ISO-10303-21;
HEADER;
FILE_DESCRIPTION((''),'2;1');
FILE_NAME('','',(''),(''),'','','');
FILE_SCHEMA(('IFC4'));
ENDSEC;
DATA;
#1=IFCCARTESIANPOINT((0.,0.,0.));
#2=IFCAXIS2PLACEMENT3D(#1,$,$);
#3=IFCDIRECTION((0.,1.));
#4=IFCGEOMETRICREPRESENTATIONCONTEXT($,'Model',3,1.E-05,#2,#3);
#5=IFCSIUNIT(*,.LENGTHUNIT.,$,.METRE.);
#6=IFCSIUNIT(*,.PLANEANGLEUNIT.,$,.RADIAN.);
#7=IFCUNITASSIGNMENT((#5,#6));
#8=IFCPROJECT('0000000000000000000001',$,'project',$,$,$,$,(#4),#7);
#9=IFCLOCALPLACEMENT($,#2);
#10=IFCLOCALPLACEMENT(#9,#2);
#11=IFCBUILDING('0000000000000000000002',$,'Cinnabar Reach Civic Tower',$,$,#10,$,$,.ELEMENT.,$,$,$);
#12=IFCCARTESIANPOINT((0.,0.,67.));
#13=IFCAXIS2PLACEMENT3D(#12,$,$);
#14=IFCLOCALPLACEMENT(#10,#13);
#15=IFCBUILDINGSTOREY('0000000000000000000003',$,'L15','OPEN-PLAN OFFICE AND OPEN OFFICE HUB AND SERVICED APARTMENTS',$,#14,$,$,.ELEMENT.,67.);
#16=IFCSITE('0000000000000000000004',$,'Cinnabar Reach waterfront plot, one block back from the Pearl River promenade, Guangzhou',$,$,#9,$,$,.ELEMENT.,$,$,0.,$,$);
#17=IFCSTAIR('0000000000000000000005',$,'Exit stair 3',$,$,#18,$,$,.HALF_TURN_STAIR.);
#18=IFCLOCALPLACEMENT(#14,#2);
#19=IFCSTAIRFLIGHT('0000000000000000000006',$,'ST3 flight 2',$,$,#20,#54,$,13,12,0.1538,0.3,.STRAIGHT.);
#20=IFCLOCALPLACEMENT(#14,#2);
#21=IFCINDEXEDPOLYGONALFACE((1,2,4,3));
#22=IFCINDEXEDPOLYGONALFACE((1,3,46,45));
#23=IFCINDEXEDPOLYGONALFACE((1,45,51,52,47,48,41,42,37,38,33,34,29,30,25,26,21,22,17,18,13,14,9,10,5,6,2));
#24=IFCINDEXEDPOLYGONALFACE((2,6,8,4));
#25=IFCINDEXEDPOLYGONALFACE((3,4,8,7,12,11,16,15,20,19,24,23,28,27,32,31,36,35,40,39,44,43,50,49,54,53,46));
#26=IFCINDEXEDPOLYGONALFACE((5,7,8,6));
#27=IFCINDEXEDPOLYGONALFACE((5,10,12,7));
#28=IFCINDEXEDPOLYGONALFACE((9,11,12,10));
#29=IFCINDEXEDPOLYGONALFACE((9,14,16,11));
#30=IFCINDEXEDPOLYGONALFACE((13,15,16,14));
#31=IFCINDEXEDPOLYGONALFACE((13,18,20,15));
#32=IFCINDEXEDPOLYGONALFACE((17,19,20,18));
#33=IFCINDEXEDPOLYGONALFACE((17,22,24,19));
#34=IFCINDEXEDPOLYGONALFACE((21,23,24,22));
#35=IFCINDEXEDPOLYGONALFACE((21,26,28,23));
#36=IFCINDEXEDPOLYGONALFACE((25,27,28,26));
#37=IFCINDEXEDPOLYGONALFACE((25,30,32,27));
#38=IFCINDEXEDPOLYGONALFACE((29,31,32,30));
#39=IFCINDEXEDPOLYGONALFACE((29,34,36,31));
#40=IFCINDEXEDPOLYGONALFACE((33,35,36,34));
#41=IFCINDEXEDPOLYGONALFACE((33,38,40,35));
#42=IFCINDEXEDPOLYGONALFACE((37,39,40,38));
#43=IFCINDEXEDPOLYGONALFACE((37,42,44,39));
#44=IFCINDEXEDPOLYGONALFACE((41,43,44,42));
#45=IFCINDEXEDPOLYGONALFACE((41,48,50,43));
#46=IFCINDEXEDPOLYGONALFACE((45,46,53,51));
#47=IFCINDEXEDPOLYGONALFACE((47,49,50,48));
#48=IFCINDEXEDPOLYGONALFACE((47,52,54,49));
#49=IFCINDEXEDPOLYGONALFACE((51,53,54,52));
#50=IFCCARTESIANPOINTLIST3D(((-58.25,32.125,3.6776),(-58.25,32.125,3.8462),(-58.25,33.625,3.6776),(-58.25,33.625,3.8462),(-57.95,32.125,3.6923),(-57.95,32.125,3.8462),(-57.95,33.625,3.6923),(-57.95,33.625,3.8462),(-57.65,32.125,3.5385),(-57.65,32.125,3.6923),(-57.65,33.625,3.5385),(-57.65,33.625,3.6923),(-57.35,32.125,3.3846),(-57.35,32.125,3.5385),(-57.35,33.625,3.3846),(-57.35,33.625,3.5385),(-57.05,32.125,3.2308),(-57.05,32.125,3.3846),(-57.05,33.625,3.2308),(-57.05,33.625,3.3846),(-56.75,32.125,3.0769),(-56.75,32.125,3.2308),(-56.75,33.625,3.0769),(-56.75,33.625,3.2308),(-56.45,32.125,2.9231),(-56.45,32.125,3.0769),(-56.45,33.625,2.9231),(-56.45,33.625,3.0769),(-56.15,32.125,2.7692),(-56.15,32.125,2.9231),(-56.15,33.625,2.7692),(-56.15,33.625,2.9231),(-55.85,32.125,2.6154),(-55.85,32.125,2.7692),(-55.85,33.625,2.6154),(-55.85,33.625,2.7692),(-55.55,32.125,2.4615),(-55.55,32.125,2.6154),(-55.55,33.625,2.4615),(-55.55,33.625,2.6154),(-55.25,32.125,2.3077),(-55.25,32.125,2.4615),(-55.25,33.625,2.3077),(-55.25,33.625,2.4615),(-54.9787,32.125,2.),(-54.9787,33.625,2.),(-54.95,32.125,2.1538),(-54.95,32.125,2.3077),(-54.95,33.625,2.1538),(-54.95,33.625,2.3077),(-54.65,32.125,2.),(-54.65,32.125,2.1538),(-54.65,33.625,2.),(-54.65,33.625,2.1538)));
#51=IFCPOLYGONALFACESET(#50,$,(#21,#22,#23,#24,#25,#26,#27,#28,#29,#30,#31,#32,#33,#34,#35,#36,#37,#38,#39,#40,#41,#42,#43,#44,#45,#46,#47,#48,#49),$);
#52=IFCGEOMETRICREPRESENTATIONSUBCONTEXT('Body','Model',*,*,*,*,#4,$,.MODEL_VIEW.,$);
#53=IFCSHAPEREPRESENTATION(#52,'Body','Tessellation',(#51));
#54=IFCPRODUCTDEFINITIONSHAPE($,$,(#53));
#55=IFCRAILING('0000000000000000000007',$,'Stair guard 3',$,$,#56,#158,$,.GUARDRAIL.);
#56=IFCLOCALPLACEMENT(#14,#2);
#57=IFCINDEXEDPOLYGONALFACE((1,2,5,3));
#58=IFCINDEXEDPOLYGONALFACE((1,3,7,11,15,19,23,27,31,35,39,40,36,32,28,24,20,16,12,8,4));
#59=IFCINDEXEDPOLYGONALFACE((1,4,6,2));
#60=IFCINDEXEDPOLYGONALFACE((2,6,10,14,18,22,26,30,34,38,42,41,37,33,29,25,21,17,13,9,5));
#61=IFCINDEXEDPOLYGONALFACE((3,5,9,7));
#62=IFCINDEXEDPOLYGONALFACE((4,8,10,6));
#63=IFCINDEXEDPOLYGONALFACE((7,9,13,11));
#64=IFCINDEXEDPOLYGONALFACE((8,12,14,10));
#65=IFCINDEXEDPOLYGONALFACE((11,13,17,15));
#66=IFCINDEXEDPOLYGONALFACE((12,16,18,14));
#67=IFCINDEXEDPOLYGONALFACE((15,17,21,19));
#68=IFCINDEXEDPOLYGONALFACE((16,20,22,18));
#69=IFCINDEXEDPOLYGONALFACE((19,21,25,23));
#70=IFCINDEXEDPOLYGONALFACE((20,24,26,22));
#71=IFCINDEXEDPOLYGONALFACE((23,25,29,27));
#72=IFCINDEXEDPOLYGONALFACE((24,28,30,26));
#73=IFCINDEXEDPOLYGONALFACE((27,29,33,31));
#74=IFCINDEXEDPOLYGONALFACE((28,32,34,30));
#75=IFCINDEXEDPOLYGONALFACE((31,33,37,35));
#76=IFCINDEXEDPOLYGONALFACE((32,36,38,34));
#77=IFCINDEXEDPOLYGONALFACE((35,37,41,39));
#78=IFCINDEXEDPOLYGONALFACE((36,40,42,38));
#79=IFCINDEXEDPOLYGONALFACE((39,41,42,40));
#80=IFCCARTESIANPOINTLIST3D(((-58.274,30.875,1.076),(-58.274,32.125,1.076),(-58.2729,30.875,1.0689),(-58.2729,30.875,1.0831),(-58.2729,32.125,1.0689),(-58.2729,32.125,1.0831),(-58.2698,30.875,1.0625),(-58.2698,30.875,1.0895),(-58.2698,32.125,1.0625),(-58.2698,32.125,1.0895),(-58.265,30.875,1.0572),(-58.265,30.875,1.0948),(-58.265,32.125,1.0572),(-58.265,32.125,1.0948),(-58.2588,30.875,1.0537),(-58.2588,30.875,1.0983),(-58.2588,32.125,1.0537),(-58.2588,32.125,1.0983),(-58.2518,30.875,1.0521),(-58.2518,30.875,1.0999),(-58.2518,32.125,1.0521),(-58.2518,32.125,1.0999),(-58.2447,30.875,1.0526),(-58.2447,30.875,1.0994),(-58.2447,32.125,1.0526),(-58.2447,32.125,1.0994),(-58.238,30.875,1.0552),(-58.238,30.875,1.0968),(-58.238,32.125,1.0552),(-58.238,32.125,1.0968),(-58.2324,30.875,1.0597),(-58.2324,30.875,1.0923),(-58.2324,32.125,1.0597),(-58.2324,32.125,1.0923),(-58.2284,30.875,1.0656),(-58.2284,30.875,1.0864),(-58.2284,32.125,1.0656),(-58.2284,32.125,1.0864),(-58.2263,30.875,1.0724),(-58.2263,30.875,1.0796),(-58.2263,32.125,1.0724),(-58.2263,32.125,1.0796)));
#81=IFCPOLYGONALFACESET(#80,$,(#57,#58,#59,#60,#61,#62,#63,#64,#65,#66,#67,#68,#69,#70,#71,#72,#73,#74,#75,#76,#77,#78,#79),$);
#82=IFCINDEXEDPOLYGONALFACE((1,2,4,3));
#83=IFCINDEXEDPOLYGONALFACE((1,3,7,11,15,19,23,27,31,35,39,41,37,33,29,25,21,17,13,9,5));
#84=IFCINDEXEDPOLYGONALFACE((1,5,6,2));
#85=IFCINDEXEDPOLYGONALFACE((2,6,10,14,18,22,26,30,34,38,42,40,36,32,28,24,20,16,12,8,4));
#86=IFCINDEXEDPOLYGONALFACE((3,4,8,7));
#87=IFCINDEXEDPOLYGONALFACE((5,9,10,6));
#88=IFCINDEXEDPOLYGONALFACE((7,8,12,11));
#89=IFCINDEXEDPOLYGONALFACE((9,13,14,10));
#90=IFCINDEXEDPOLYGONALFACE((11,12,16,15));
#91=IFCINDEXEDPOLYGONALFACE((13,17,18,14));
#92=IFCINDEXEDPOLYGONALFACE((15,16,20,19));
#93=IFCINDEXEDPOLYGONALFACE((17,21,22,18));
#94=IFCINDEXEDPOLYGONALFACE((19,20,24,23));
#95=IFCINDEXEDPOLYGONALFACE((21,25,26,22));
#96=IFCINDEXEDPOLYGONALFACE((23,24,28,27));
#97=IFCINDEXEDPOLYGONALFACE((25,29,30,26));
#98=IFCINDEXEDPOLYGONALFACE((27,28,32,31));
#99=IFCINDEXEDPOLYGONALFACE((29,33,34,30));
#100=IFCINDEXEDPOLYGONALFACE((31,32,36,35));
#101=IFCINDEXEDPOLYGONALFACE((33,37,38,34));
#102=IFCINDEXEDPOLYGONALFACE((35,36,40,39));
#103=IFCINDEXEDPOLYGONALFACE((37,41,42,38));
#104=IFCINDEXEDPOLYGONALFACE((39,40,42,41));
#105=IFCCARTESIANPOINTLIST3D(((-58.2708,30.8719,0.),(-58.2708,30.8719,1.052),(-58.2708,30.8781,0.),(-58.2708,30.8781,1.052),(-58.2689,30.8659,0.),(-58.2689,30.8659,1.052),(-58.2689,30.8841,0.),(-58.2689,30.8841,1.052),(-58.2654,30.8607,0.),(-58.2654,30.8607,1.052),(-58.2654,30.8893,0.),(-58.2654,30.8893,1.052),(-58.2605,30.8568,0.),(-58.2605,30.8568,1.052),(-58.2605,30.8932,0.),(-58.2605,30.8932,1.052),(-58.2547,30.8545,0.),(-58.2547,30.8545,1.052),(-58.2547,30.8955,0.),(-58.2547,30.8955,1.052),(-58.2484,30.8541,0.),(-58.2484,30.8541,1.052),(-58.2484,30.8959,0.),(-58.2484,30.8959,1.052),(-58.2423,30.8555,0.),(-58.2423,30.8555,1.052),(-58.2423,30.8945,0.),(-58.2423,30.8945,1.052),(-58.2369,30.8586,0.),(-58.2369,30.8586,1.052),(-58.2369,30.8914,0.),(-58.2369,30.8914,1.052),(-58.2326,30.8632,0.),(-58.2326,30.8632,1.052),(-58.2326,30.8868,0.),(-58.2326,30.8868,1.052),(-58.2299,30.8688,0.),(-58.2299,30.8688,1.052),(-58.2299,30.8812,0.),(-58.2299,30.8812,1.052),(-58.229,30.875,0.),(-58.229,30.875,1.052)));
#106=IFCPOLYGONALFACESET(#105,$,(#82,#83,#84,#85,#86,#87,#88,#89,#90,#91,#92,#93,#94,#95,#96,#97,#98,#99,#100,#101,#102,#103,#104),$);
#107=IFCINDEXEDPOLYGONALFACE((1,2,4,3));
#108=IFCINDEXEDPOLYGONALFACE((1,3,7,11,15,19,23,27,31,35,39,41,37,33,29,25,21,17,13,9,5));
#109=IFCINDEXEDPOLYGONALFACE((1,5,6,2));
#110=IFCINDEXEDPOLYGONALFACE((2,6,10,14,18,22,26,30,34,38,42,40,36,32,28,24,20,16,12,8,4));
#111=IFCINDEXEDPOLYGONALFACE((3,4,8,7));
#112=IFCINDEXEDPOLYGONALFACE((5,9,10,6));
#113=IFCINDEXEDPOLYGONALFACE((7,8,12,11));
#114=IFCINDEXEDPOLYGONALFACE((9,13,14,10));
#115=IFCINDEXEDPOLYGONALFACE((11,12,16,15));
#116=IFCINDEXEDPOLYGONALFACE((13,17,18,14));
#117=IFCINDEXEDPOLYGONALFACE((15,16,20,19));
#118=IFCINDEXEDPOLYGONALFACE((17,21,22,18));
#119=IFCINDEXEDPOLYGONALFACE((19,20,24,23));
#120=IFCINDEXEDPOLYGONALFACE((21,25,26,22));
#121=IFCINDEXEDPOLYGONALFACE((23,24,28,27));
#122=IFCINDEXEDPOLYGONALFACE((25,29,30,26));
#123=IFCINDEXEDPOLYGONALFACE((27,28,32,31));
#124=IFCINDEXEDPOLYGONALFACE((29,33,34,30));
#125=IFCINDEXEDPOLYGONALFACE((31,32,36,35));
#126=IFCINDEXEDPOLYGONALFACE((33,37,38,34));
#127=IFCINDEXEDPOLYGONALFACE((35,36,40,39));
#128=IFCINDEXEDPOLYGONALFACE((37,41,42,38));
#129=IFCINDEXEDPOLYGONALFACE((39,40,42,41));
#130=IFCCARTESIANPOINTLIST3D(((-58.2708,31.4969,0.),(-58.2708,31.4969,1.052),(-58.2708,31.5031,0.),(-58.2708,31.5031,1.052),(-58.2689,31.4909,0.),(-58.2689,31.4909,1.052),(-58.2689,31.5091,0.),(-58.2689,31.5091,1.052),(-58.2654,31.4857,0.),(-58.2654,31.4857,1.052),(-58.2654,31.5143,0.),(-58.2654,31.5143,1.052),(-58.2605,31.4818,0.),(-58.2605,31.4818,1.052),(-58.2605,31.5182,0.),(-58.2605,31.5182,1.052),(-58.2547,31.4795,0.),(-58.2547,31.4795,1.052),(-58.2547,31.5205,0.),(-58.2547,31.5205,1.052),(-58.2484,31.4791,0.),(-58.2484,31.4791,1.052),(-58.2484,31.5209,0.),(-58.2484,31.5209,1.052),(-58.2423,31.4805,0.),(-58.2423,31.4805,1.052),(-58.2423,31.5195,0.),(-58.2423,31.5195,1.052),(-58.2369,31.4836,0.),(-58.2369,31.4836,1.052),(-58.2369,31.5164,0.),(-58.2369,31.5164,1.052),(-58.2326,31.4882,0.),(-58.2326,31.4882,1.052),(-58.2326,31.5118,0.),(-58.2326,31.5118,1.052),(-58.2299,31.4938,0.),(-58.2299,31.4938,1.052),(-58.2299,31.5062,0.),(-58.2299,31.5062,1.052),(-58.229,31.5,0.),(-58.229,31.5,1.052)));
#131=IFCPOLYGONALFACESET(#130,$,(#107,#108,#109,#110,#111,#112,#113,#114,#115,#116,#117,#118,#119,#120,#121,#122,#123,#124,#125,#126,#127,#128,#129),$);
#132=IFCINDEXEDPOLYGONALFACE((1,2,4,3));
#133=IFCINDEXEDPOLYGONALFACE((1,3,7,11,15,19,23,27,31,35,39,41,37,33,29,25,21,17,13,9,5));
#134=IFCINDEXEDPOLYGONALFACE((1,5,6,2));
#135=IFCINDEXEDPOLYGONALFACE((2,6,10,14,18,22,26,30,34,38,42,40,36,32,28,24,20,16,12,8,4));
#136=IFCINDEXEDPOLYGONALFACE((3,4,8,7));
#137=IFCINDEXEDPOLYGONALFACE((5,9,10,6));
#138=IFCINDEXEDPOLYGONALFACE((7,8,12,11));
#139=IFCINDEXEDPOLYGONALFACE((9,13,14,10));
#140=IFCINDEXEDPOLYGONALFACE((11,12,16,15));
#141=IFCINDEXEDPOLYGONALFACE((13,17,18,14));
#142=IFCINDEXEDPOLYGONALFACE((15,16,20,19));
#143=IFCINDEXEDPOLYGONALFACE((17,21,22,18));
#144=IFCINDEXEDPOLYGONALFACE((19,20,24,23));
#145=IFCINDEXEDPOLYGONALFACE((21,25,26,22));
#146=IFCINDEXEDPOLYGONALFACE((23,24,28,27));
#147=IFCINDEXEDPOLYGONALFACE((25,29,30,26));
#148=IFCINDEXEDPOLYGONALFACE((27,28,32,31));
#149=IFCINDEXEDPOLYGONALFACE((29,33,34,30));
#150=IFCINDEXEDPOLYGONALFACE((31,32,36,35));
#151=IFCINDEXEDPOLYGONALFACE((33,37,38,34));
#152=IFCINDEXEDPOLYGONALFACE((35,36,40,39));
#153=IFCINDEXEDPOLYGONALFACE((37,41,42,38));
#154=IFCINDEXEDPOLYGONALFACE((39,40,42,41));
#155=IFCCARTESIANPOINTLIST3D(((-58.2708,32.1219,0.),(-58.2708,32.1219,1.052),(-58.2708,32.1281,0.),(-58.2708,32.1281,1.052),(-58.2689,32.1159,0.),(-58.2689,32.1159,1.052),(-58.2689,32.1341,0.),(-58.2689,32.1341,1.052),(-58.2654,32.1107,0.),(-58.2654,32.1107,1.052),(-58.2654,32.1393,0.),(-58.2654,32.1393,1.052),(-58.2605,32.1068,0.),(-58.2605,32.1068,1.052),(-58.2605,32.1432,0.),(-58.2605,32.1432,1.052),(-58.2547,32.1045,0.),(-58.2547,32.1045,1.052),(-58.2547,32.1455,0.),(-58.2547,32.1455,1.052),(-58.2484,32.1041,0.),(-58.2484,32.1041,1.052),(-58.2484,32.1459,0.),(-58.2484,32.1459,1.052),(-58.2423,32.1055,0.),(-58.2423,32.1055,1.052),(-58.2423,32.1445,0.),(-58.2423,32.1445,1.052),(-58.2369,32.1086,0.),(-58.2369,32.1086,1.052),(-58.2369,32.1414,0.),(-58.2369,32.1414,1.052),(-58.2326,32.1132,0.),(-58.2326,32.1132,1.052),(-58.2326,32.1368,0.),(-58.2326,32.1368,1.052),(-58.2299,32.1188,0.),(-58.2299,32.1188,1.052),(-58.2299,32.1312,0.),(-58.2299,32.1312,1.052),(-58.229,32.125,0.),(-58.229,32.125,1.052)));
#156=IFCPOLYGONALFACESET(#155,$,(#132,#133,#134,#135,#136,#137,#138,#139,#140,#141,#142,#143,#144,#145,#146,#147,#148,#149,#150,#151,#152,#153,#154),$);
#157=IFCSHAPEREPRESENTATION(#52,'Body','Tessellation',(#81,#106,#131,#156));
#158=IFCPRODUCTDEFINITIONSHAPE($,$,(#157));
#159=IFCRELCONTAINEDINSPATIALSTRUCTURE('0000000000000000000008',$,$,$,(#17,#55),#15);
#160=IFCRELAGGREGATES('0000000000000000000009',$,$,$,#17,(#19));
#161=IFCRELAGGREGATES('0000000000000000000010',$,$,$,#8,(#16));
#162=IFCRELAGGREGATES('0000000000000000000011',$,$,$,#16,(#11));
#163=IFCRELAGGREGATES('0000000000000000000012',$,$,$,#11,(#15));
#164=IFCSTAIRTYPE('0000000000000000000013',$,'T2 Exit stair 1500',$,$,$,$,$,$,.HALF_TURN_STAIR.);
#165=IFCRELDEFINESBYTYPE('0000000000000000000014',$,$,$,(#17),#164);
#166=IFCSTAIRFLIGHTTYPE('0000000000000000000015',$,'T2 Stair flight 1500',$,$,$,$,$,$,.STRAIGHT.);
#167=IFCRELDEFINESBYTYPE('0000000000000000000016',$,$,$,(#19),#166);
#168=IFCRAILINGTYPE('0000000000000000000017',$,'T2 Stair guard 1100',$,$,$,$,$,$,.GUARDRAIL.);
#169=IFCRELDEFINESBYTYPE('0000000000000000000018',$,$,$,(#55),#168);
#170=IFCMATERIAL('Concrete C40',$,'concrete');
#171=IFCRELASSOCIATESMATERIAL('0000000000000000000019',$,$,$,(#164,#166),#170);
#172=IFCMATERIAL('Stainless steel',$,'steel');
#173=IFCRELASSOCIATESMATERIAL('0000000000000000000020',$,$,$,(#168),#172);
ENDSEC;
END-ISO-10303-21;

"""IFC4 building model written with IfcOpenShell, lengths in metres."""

from ifc_helpers import new_model, si_unit, direction, frame, origin, origin_2d, place, context, subcontext, project, spatial, polyline, circle, outline, extrude, material, type_object, element, aggregate, save


model = new_model("IFC4")

# Units and contexts
model_context = context("Model", 3, precision=1e-05, world=origin(), true_north=direction((0.0, 1.0)))
body_context = subcontext(model_context, "Body", "Model", "MODEL_VIEW")
ifc_project = project(units=[si_unit("LENGTHUNIT", "METRE"), si_unit("PLANEANGLEUNIT", "RADIAN")], contexts=[model_context])

# Site, building, storey
site_placement = place(None, origin())
site = spatial("IfcSite", under=ifc_project, at=site_placement, Name="Cinnabar Reach waterfront plot, one block back from the Pearl River promenade, Guangzhou", CompositionType="ELEMENT", RefElevation=0.0)
building_placement = place(site_placement, origin())
building = spatial("IfcBuilding", under=site, at=building_placement, Name="Cinnabar Reach Civic Tower", CompositionType="ELEMENT")
storey_placement = place(building_placement, frame((0.0, 0.0, 67.0)))
storey = spatial("IfcBuildingStorey", under=building, at=storey_placement, Name="L15", Description="OPEN-PLAN OFFICE AND OPEN OFFICE HUB AND SERVICED APARTMENTS", CompositionType="ELEMENT", Elevation=67.0)

# Stair, stair flight
ifc_material_1 = material(Name="Concrete C40", Category="concrete")
stair_type = type_object("IfcStairType", Name="T2 Exit stair 1500", PredefinedType="HALF_TURN_STAIR", material=ifc_material_1)
stair_placement = place(storey_placement, origin())
stair = element("IfcStair", 1, at=stair_placement, inside=storey, type_object=stair_type, Name="Exit stair 3", PredefinedType="HALF_TURN_STAIR")
stair_flight_type = type_object("IfcStairFlightType", Name="T2 Stair flight 1500", PredefinedType="STRAIGHT", material=ifc_material_1)
stair_flight_placement = place(storey_placement, frame((-54.65, 32.875, 2.0), z_axis=(0.0, 0.0, 1.0), x_axis=(-1.0, 0.0, 0.0)))
stair_flight = element("IfcStairFlight", 2, at=stair_flight_placement, type_object=stair_flight_type, Name="ST3 flight 2", NumberOfRisers=13, NumberOfTreads=12, PredefinedType="STRAIGHT", RiserHeight=0.1538, TreadLength=0.3, context=body_context, shape_type="SweptSolid", body=[
    extrude(outline(polyline([(0.0, 0.0), (0.0, 0.1538), (0.3, 0.1538), (0.3, 0.3077), (0.6, 0.3077), (0.6, 0.4615), (0.9, 0.4615), (0.9, 0.6154), (1.2, 0.6154), (1.2, 0.7692), (1.5, 0.7692), (1.5, 0.9231), (1.8, 0.9231), (1.8, 1.0769), (2.1, 1.0769), (2.1, 1.2308), (2.4, 1.2308), (2.4, 1.3846), (2.7, 1.3846), (2.7, 1.5385), (3.0, 1.5385), (3.0, 1.6923), (3.3, 1.6923), (3.3, 1.8462), (3.6, 1.8462), (3.6, 2.0), (3.6, 1.6776), (0.3287, 0.0), (0.0, 0.0)])), frame((0.0, 0.75, 0.0), z_axis=(0.0, -1.0, 0.0), x_axis=(1.0, 0.0, 0.0)), (0.0, 0.0, 1.0), 1.5),
])
aggregate(stair, [stair_flight])

# Railing
ifc_material_2 = material(Name="Stainless steel", Category="steel")
railing_type = type_object("IfcRailingType", Name="T2 Stair guard 1100", PredefinedType="GUARDRAIL", material=ifc_material_2)
railing_1_placement = place(storey_placement, frame((-58.25, 30.875, 0.0)))
element("IfcRailing", 3, at=railing_1_placement, inside=storey, type_object=railing_type, Name="Stair guard 3", PredefinedType="GUARDRAIL", context=body_context, shape_type="SweptSolid", body=[
    extrude(circle(Radius=0.024, at=origin_2d()), frame((0.0, 0.0, 1.076), z_axis=(0.0, 1.0, 0.0), x_axis=(-1.0, 0.0, 0.0)), (0.0, 0.0, 1.0), 1.25),
    extrude(circle(Radius=0.021, at=origin_2d()), origin(), (0.0, 0.0, 1.0), 1.052),
    extrude(circle(Radius=0.021, at=origin_2d()), frame((0.0, 0.625, 0.0)), (0.0, 0.0, 1.0), 1.052),
    extrude(circle(Radius=0.021, at=origin_2d()), frame((0.0, 1.25, 0.0)), (0.0, 0.0, 1.0), 1.052),
])

save(model, "model.ifc")
